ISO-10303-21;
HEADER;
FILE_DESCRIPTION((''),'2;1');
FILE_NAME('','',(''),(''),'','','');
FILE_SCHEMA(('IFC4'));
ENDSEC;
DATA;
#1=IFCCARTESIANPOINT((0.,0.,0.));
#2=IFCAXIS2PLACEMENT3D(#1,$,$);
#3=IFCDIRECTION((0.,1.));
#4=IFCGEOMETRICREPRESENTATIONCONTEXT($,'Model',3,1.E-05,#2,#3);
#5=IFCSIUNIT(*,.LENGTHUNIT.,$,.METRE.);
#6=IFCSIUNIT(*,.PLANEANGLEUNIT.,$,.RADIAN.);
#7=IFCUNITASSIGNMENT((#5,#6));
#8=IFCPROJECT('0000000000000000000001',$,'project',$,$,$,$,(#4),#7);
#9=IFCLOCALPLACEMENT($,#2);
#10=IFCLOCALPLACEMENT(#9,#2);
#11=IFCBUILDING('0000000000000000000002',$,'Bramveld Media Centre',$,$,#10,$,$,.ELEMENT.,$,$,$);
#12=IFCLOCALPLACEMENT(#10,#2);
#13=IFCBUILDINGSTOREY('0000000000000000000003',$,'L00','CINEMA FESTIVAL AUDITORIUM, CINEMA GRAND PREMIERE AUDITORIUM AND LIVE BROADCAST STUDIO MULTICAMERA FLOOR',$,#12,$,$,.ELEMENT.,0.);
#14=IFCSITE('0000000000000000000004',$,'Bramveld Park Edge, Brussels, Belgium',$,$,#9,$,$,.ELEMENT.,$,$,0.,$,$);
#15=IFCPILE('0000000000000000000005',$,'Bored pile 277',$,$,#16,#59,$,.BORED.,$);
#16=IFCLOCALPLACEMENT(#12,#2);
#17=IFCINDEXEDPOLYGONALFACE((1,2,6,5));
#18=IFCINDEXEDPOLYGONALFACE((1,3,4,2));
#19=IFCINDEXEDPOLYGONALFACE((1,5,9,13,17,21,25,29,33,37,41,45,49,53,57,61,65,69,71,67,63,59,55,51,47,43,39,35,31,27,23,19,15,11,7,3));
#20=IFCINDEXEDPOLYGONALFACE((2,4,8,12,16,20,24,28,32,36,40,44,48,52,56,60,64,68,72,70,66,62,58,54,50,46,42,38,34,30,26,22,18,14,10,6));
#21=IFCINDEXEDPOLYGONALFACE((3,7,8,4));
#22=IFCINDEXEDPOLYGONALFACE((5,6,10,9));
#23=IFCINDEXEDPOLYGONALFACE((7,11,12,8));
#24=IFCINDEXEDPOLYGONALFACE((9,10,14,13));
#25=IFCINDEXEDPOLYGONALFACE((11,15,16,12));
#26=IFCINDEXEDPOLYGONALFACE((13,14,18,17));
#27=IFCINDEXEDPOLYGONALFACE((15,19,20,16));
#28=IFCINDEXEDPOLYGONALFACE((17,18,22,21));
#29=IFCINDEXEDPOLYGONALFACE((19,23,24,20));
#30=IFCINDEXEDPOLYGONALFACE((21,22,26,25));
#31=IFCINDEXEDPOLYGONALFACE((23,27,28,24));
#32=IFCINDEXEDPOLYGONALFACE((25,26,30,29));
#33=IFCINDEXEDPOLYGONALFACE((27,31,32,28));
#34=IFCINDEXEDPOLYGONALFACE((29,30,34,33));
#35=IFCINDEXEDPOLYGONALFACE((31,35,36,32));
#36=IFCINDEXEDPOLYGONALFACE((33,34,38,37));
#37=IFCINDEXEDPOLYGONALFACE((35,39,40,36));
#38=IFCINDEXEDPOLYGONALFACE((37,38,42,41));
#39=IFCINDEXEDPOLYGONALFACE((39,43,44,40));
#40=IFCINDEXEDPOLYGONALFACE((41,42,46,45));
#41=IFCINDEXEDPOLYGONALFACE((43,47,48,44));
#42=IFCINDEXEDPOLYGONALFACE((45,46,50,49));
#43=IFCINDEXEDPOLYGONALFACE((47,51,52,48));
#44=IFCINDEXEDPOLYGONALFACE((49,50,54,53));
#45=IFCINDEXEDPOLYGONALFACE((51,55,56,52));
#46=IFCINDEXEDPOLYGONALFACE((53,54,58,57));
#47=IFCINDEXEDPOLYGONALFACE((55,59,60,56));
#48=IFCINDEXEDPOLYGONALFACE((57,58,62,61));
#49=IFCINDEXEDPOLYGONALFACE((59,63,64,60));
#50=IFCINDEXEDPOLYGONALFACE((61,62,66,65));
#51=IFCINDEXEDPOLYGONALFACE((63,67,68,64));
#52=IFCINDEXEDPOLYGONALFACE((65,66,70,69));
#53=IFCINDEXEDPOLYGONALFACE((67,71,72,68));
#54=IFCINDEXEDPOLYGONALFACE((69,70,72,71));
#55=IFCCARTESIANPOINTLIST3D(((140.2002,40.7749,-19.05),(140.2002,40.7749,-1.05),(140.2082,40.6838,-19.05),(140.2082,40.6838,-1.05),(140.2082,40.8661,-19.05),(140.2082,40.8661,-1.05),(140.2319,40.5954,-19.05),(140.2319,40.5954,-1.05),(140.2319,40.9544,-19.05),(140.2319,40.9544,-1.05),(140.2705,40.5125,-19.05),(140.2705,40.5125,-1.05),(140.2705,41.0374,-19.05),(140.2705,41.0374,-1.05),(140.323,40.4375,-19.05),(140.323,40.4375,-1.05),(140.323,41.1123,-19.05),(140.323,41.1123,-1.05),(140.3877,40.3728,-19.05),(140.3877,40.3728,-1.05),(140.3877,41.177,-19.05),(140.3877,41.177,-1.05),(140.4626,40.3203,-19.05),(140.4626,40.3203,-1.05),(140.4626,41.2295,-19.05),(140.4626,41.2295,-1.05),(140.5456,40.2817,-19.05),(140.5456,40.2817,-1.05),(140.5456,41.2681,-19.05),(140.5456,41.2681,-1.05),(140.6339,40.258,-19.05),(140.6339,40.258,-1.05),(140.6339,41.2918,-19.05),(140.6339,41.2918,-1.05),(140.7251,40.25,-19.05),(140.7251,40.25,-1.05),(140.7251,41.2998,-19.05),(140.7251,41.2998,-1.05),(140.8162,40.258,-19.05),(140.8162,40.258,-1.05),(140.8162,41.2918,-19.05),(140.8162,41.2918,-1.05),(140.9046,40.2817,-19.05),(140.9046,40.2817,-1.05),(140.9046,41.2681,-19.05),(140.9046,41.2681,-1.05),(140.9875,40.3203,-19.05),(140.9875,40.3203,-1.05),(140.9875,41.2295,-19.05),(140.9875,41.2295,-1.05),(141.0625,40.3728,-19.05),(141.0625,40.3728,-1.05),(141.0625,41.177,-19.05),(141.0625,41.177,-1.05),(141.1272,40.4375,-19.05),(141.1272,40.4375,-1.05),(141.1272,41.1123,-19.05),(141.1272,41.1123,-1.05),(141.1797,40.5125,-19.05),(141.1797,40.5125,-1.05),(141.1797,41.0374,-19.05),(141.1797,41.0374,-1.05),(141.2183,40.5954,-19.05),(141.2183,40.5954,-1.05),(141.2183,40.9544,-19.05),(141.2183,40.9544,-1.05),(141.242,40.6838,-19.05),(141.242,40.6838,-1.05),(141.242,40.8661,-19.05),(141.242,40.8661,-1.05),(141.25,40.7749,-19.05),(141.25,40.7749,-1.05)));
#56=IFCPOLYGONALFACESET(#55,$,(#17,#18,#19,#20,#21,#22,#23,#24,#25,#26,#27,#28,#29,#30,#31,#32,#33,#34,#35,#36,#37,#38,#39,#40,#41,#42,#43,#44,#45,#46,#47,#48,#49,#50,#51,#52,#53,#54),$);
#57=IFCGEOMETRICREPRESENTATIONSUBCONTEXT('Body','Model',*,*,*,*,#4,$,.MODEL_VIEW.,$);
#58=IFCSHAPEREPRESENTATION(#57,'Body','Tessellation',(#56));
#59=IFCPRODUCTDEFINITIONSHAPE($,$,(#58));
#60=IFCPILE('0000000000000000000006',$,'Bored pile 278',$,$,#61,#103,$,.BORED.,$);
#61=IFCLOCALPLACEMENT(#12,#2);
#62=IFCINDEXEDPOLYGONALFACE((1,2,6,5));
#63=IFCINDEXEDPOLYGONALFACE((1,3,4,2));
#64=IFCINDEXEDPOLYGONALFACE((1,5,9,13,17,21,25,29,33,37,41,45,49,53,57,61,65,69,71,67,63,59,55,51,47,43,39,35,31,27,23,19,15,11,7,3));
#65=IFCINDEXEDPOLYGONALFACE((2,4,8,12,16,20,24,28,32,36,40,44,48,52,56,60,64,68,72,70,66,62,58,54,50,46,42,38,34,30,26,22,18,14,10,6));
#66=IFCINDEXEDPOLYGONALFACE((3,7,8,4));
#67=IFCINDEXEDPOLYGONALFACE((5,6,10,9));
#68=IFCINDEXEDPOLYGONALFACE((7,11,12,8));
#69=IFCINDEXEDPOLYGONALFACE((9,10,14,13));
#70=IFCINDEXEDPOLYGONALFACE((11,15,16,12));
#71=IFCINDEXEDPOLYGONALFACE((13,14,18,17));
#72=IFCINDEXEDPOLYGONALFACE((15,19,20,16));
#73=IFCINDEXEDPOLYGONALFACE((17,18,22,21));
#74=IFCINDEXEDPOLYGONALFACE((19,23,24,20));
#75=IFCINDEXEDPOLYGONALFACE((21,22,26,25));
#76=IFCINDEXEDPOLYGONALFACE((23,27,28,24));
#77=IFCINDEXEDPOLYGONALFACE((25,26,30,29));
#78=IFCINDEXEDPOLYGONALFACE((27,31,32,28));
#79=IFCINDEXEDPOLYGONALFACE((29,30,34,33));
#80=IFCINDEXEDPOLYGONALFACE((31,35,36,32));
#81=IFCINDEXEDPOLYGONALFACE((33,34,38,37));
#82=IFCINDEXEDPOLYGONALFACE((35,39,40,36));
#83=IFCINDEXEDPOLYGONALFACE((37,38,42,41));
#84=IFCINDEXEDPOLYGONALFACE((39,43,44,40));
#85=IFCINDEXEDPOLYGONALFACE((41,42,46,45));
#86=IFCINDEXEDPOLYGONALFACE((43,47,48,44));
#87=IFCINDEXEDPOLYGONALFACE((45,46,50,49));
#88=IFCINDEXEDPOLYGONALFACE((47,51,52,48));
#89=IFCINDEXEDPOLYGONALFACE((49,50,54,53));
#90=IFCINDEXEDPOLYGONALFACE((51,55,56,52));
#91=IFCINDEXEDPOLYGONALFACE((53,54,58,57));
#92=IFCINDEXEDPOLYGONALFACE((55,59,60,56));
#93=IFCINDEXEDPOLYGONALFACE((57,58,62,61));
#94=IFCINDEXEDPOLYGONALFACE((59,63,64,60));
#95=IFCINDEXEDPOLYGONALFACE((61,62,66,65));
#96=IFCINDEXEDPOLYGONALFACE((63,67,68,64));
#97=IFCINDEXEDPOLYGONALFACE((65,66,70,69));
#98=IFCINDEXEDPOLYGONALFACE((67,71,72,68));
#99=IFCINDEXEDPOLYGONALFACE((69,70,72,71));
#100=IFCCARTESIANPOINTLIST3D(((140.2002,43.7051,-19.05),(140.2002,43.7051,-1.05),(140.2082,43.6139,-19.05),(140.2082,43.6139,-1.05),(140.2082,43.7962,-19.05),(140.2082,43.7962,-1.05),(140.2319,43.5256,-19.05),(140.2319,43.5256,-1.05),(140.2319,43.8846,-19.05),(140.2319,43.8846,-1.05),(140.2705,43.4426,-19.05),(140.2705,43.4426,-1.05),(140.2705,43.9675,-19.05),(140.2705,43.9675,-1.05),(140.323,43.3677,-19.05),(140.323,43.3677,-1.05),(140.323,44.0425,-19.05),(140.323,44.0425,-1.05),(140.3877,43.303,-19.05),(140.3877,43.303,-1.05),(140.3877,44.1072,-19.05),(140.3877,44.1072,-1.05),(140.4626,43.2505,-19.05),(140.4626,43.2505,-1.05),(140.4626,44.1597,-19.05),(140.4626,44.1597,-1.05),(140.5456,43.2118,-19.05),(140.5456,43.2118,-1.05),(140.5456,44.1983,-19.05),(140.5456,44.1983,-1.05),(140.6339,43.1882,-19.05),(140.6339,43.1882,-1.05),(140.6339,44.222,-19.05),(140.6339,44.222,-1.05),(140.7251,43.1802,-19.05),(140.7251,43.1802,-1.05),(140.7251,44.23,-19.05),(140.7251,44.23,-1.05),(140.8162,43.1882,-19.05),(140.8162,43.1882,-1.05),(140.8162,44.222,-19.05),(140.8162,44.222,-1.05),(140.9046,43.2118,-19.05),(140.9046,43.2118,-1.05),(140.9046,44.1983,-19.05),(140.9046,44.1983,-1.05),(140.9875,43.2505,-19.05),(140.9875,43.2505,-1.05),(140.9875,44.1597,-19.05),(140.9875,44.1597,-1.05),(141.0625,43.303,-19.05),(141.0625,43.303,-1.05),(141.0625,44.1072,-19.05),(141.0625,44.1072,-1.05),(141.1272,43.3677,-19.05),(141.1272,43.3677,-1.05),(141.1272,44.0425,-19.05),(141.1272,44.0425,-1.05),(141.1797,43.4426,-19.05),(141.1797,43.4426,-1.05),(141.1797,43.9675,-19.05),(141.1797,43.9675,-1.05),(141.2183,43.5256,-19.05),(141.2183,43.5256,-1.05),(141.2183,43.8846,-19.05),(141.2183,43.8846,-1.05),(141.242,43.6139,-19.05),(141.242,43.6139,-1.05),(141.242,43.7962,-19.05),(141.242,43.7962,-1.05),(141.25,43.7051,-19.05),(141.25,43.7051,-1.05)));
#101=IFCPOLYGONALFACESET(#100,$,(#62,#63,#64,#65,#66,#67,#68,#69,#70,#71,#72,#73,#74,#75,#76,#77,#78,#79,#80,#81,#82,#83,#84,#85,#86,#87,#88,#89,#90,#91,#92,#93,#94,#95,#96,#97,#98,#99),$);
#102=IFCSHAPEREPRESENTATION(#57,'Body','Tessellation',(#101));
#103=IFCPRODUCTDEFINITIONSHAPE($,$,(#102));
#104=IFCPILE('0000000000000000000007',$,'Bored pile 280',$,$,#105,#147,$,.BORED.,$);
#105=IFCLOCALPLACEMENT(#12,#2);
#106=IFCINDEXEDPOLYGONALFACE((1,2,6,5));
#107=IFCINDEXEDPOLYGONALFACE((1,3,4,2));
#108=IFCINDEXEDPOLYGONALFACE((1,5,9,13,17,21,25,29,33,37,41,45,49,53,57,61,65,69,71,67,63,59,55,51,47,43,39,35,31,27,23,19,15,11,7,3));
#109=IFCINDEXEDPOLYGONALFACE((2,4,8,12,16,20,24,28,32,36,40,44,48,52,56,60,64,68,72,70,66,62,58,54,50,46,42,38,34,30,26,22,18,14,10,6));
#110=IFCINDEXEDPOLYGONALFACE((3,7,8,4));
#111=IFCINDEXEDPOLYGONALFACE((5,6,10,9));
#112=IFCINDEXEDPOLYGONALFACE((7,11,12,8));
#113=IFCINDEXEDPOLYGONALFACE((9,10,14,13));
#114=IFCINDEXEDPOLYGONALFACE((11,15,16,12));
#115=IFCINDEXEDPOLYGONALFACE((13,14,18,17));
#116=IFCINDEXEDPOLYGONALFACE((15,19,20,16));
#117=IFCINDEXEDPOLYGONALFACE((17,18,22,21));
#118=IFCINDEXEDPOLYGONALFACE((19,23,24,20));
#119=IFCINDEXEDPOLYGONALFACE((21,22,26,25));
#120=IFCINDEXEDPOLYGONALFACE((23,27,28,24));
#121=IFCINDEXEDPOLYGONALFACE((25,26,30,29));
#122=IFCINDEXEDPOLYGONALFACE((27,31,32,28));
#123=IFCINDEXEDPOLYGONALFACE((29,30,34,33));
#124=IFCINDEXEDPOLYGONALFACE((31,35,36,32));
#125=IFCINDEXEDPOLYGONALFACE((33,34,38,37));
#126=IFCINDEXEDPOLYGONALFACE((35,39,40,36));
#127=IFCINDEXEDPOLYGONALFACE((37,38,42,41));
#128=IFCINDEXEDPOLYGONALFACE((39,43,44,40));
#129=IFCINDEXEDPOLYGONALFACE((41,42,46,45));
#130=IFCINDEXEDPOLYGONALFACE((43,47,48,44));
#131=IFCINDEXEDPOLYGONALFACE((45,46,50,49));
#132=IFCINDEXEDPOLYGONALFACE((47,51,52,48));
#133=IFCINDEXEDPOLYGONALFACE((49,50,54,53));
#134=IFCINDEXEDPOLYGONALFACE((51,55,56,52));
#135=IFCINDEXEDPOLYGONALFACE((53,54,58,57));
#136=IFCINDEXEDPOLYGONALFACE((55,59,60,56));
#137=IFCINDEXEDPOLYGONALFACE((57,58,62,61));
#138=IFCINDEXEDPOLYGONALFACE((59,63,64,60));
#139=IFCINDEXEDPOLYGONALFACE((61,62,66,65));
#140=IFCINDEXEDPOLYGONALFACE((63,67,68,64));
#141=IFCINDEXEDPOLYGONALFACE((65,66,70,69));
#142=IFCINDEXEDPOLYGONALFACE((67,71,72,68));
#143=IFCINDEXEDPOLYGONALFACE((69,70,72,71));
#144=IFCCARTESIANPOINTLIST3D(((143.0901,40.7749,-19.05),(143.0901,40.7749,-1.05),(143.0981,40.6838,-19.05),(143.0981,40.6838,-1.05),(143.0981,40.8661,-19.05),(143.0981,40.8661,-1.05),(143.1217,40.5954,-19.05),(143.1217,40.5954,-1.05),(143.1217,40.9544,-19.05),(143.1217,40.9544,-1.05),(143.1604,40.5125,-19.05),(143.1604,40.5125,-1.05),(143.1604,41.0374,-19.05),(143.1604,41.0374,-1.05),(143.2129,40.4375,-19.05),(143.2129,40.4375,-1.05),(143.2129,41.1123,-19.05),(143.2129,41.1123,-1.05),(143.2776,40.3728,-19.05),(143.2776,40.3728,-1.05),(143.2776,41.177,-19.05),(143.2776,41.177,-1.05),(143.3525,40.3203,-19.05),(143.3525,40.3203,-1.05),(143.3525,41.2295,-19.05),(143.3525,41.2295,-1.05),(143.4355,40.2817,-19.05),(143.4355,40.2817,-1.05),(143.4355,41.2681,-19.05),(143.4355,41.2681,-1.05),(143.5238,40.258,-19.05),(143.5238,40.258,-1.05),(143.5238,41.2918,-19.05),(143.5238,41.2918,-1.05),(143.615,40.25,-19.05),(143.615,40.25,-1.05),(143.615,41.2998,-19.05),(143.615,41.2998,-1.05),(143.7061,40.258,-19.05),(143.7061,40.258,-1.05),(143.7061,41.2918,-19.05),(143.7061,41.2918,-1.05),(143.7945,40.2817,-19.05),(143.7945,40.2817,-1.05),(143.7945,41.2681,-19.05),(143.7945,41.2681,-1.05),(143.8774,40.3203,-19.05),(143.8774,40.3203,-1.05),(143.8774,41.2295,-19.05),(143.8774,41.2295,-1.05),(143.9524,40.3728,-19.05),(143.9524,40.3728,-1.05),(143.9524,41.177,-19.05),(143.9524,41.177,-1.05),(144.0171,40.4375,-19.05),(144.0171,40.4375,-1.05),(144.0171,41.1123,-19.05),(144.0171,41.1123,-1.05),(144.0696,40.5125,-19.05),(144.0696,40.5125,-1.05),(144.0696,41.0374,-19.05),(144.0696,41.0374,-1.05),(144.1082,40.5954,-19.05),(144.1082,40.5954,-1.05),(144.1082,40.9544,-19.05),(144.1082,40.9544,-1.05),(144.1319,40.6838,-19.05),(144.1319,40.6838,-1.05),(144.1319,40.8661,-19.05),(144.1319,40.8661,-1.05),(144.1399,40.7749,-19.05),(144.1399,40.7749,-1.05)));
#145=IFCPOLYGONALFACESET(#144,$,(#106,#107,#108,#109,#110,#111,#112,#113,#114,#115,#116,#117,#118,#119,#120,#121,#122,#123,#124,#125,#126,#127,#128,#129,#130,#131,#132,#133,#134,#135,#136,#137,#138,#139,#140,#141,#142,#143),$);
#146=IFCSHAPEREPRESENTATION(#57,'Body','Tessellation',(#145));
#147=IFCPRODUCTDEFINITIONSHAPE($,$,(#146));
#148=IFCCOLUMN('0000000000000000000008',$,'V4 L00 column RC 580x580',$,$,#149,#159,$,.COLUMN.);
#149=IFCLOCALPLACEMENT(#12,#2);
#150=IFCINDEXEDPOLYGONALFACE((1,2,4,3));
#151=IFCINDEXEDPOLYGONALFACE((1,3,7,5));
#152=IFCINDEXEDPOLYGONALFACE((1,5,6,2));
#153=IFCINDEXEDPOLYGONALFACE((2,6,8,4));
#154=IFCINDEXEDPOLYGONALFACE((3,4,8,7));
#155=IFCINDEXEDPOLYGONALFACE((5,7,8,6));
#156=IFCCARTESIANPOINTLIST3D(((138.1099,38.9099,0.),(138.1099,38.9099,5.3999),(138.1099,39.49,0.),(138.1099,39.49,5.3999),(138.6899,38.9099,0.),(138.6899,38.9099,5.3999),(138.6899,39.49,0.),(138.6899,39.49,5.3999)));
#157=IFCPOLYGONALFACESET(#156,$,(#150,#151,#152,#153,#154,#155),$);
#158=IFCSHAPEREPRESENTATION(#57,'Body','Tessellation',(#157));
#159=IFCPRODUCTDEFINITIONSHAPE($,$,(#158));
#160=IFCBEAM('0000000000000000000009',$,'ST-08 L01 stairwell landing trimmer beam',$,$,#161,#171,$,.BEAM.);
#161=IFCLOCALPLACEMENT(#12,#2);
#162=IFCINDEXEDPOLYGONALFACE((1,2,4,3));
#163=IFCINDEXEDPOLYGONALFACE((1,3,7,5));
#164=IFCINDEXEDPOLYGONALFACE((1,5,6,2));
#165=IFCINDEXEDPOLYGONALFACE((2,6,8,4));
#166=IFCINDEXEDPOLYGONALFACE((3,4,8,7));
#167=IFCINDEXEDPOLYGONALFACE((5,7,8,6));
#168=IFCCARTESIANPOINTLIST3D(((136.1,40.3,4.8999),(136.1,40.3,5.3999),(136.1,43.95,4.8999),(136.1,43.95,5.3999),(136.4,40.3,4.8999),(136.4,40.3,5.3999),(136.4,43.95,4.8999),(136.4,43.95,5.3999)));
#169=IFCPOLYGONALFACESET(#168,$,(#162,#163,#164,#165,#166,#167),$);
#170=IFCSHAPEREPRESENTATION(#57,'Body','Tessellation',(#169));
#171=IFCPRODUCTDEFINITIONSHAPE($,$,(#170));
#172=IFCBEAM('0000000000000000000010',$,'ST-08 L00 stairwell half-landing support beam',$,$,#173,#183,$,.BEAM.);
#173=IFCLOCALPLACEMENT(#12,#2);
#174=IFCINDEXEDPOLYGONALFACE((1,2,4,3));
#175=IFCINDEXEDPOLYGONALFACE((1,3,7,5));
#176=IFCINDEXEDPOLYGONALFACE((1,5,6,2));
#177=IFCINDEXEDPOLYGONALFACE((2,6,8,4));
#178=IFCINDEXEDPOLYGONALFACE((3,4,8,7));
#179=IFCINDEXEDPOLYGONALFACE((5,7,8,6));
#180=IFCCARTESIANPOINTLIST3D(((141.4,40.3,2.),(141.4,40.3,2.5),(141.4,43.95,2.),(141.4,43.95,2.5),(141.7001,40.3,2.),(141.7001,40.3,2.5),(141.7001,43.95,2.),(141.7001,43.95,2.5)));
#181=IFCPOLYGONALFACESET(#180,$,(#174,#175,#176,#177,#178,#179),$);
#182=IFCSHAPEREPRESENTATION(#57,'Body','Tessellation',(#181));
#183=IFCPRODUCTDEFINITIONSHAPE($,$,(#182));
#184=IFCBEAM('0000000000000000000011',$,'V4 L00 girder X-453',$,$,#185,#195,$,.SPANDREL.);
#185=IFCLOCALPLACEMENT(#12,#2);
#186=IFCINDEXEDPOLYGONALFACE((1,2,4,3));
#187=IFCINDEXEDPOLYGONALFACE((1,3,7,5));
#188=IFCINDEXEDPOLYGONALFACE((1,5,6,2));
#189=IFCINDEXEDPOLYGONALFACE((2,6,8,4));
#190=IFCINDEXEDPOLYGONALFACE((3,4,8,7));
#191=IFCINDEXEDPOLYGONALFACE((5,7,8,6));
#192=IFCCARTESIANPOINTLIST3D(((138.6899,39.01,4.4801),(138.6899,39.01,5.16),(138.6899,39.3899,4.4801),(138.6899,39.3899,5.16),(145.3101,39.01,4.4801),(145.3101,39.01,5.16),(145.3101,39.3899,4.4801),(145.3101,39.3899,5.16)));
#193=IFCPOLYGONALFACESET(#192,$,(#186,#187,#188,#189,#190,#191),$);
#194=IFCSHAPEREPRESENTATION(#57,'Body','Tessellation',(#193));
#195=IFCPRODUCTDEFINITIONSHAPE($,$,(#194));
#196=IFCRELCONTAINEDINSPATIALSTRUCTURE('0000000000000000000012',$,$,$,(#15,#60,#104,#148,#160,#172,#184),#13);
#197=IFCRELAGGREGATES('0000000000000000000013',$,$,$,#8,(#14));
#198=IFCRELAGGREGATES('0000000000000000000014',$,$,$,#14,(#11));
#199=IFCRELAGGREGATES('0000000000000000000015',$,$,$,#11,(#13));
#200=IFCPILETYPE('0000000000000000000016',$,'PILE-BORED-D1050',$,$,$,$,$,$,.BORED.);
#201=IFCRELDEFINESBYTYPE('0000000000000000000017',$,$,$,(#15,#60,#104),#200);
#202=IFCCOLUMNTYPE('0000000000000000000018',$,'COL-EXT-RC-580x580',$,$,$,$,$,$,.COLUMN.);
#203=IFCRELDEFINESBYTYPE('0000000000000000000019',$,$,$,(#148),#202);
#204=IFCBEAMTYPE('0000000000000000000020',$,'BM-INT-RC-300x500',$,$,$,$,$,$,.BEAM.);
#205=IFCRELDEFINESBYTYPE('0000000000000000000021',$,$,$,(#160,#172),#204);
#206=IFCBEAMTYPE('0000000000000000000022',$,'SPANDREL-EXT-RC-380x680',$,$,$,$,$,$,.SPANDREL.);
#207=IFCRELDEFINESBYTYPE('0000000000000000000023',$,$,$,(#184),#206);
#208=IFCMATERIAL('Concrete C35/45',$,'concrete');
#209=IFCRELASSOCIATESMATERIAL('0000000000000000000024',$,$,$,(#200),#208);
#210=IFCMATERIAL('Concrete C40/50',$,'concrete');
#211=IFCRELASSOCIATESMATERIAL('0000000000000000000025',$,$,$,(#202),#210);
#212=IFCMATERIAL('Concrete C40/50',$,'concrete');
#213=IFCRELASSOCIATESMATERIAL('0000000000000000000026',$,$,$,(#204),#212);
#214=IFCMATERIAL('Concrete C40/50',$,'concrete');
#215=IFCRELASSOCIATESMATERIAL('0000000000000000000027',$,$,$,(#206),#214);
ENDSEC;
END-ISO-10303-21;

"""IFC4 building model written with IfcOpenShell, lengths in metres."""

from ifc_helpers import new_model, si_unit, direction, frame, origin, origin_2d, place, context, subcontext, project, spatial, rectangle, circle, extrude, material, material_profile, profile_set, type_object, element, save


model = new_model("IFC4")

# Units and contexts
model_context = context("Model", 3, precision=1e-05, world=origin(), true_north=direction((0.0, 1.0)))
body_context = subcontext(model_context, "Body", "Model", "MODEL_VIEW")
ifc_project = project(units=[si_unit("LENGTHUNIT", "METRE"), si_unit("PLANEANGLEUNIT", "RADIAN")], contexts=[model_context])

# Site, building, storey
site_placement = place(None, origin())
site = spatial("IfcSite", under=ifc_project, at=site_placement, Name="Bramveld Park Edge, Brussels, Belgium", CompositionType="ELEMENT", RefElevation=0.0)
building_placement = place(site_placement, origin())
building = spatial("IfcBuilding", under=site, at=building_placement, Name="Bramveld Media Centre", CompositionType="ELEMENT")
storey_placement = place(building_placement, origin())
storey = spatial("IfcBuildingStorey", under=building, at=storey_placement, Name="L00", Description="CINEMA FESTIVAL AUDITORIUM, CINEMA GRAND PREMIERE AUDITORIUM AND LIVE BROADCAST STUDIO MULTICAMERA FLOOR", CompositionType="ELEMENT", Elevation=0.0)

# Piles
ifc_material_1 = material(Name="Concrete C35/45", Category="concrete")
ifc_material_profile_1 = material_profile(ifc_material_1, circle(Radius=0.5249, at=origin_2d()), Name="BORED D1050")
ifc_profile_set_1 = profile_set([ifc_material_profile_1], Name="Concrete C35/45")
pile_type = type_object("IfcPileType", Name="PILE-BORED-D1050", PredefinedType="BORED", material=ifc_profile_set_1)
for number, where, z_axis, x_axis, name in (
    (1, (140.7251, 40.7749, -1.05), (0.0, 0.0, -1.0), (1.0, 0.0, 0.0), "Bored pile 277"),
    (2, (140.7251, 43.7051, -1.05), (0.0, 0.0, -1.0), (1.0, 0.0, 0.0), "Bored pile 278"),
    (3, (143.615, 40.7749, -1.05), (0.0, 0.0, -1.0), (1.0, 0.0, 0.0), "Bored pile 280"),
):
    element("IfcPile", number, at=place(storey_placement, frame(where, z_axis=z_axis, x_axis=x_axis)), inside=storey, type_object=pile_type, Name=name, PredefinedType="BORED", context=body_context, shape_type="SweptSolid", body=[
        extrude(circle(Radius=0.5249, at=origin_2d()), origin(), (0.0, 0.0, 1.0), 18.0),
    ])

# Column
ifc_material_2 = material(Name="Concrete C40/50", Category="concrete")
ifc_material_profile_2 = material_profile(ifc_material_2, rectangle(XDim=0.5801, YDim=0.5801, at=origin_2d()), Name="RC 580x580")
ifc_profile_set_2 = profile_set([ifc_material_profile_2], Name="Concrete C40/50")
column_type = type_object("IfcColumnType", Name="COL-EXT-RC-580x580", PredefinedType="COLUMN", material=ifc_profile_set_2)
column_placement = place(storey_placement, frame((138.3999, 39.2, 0.0), z_axis=(0.0, 0.0, 1.0), x_axis=(1.0, 0.0, 0.0)))
element("IfcColumn", 4, at=column_placement, inside=storey, type_object=column_type, Name="V4 L00 column RC 580x580", PredefinedType="COLUMN", context=body_context, shape_type="SweptSolid", body=[
    extrude(rectangle(XDim=0.5801, YDim=0.5801, at=origin_2d()), origin(), (0.0, 0.0, 1.0), 5.3999),
])

# Beams
ifc_material_3 = material(Name="Concrete C40/50", Category="concrete")
ifc_material_profile_3 = material_profile(ifc_material_3, rectangle(XDim=0.3, YDim=0.5, at=origin_2d()), Name="RC 300x500")
ifc_profile_set_3 = profile_set([ifc_material_profile_3], Name="Concrete C40/50")
beam_type_1 = type_object("IfcBeamType", Name="BM-INT-RC-300x500", PredefinedType="BEAM", material=ifc_profile_set_3)
for number, where, z_axis, x_axis, name in (
    (5, (136.25, 40.3, 5.1499), (0.0, 1.0, 0.0), (-1.0, 0.0, 0.0), "ST-08 L01 stairwell landing trimmer beam"),
    (6, (141.55, 40.3, 2.25), (0.0, 1.0, 0.0), (-1.0, 0.0, 0.0), "ST-08 L00 stairwell half-landing support beam"),
):
    element("IfcBeam", number, at=place(storey_placement, frame(where, z_axis=z_axis, x_axis=x_axis)), inside=storey, type_object=beam_type_1, Name=name, PredefinedType="BEAM", context=body_context, shape_type="SweptSolid", body=[
        extrude(rectangle(XDim=0.3, YDim=0.5, at=origin_2d()), origin(), (0.0, 0.0, 1.0), 3.6499),
    ])
ifc_material_4 = material(Name="Concrete C40/50", Category="concrete")
ifc_material_profile_4 = material_profile(ifc_material_4, rectangle(XDim=0.3799, YDim=0.6799, at=origin_2d()), Name="RC 380x680")
ifc_profile_set_4 = profile_set([ifc_material_profile_4], Name="Concrete C40/50")
beam_type_2 = type_object("IfcBeamType", Name="SPANDREL-EXT-RC-380x680", PredefinedType="SPANDREL", material=ifc_profile_set_4)
beam_placement = place(storey_placement, frame((138.6899, 39.2, 4.8201), z_axis=(1.0, 0.0, 0.0), x_axis=(0.0, 1.0, 0.0)))
element("IfcBeam", 7, at=beam_placement, inside=storey, type_object=beam_type_2, Name="V4 L00 girder X-453", PredefinedType="SPANDREL", context=body_context, shape_type="SweptSolid", body=[
    extrude(rectangle(XDim=0.3799, YDim=0.6799, at=origin_2d()), origin(), (0.0, 0.0, 1.0), 6.6201),
])

save(model, "model.ifc")
